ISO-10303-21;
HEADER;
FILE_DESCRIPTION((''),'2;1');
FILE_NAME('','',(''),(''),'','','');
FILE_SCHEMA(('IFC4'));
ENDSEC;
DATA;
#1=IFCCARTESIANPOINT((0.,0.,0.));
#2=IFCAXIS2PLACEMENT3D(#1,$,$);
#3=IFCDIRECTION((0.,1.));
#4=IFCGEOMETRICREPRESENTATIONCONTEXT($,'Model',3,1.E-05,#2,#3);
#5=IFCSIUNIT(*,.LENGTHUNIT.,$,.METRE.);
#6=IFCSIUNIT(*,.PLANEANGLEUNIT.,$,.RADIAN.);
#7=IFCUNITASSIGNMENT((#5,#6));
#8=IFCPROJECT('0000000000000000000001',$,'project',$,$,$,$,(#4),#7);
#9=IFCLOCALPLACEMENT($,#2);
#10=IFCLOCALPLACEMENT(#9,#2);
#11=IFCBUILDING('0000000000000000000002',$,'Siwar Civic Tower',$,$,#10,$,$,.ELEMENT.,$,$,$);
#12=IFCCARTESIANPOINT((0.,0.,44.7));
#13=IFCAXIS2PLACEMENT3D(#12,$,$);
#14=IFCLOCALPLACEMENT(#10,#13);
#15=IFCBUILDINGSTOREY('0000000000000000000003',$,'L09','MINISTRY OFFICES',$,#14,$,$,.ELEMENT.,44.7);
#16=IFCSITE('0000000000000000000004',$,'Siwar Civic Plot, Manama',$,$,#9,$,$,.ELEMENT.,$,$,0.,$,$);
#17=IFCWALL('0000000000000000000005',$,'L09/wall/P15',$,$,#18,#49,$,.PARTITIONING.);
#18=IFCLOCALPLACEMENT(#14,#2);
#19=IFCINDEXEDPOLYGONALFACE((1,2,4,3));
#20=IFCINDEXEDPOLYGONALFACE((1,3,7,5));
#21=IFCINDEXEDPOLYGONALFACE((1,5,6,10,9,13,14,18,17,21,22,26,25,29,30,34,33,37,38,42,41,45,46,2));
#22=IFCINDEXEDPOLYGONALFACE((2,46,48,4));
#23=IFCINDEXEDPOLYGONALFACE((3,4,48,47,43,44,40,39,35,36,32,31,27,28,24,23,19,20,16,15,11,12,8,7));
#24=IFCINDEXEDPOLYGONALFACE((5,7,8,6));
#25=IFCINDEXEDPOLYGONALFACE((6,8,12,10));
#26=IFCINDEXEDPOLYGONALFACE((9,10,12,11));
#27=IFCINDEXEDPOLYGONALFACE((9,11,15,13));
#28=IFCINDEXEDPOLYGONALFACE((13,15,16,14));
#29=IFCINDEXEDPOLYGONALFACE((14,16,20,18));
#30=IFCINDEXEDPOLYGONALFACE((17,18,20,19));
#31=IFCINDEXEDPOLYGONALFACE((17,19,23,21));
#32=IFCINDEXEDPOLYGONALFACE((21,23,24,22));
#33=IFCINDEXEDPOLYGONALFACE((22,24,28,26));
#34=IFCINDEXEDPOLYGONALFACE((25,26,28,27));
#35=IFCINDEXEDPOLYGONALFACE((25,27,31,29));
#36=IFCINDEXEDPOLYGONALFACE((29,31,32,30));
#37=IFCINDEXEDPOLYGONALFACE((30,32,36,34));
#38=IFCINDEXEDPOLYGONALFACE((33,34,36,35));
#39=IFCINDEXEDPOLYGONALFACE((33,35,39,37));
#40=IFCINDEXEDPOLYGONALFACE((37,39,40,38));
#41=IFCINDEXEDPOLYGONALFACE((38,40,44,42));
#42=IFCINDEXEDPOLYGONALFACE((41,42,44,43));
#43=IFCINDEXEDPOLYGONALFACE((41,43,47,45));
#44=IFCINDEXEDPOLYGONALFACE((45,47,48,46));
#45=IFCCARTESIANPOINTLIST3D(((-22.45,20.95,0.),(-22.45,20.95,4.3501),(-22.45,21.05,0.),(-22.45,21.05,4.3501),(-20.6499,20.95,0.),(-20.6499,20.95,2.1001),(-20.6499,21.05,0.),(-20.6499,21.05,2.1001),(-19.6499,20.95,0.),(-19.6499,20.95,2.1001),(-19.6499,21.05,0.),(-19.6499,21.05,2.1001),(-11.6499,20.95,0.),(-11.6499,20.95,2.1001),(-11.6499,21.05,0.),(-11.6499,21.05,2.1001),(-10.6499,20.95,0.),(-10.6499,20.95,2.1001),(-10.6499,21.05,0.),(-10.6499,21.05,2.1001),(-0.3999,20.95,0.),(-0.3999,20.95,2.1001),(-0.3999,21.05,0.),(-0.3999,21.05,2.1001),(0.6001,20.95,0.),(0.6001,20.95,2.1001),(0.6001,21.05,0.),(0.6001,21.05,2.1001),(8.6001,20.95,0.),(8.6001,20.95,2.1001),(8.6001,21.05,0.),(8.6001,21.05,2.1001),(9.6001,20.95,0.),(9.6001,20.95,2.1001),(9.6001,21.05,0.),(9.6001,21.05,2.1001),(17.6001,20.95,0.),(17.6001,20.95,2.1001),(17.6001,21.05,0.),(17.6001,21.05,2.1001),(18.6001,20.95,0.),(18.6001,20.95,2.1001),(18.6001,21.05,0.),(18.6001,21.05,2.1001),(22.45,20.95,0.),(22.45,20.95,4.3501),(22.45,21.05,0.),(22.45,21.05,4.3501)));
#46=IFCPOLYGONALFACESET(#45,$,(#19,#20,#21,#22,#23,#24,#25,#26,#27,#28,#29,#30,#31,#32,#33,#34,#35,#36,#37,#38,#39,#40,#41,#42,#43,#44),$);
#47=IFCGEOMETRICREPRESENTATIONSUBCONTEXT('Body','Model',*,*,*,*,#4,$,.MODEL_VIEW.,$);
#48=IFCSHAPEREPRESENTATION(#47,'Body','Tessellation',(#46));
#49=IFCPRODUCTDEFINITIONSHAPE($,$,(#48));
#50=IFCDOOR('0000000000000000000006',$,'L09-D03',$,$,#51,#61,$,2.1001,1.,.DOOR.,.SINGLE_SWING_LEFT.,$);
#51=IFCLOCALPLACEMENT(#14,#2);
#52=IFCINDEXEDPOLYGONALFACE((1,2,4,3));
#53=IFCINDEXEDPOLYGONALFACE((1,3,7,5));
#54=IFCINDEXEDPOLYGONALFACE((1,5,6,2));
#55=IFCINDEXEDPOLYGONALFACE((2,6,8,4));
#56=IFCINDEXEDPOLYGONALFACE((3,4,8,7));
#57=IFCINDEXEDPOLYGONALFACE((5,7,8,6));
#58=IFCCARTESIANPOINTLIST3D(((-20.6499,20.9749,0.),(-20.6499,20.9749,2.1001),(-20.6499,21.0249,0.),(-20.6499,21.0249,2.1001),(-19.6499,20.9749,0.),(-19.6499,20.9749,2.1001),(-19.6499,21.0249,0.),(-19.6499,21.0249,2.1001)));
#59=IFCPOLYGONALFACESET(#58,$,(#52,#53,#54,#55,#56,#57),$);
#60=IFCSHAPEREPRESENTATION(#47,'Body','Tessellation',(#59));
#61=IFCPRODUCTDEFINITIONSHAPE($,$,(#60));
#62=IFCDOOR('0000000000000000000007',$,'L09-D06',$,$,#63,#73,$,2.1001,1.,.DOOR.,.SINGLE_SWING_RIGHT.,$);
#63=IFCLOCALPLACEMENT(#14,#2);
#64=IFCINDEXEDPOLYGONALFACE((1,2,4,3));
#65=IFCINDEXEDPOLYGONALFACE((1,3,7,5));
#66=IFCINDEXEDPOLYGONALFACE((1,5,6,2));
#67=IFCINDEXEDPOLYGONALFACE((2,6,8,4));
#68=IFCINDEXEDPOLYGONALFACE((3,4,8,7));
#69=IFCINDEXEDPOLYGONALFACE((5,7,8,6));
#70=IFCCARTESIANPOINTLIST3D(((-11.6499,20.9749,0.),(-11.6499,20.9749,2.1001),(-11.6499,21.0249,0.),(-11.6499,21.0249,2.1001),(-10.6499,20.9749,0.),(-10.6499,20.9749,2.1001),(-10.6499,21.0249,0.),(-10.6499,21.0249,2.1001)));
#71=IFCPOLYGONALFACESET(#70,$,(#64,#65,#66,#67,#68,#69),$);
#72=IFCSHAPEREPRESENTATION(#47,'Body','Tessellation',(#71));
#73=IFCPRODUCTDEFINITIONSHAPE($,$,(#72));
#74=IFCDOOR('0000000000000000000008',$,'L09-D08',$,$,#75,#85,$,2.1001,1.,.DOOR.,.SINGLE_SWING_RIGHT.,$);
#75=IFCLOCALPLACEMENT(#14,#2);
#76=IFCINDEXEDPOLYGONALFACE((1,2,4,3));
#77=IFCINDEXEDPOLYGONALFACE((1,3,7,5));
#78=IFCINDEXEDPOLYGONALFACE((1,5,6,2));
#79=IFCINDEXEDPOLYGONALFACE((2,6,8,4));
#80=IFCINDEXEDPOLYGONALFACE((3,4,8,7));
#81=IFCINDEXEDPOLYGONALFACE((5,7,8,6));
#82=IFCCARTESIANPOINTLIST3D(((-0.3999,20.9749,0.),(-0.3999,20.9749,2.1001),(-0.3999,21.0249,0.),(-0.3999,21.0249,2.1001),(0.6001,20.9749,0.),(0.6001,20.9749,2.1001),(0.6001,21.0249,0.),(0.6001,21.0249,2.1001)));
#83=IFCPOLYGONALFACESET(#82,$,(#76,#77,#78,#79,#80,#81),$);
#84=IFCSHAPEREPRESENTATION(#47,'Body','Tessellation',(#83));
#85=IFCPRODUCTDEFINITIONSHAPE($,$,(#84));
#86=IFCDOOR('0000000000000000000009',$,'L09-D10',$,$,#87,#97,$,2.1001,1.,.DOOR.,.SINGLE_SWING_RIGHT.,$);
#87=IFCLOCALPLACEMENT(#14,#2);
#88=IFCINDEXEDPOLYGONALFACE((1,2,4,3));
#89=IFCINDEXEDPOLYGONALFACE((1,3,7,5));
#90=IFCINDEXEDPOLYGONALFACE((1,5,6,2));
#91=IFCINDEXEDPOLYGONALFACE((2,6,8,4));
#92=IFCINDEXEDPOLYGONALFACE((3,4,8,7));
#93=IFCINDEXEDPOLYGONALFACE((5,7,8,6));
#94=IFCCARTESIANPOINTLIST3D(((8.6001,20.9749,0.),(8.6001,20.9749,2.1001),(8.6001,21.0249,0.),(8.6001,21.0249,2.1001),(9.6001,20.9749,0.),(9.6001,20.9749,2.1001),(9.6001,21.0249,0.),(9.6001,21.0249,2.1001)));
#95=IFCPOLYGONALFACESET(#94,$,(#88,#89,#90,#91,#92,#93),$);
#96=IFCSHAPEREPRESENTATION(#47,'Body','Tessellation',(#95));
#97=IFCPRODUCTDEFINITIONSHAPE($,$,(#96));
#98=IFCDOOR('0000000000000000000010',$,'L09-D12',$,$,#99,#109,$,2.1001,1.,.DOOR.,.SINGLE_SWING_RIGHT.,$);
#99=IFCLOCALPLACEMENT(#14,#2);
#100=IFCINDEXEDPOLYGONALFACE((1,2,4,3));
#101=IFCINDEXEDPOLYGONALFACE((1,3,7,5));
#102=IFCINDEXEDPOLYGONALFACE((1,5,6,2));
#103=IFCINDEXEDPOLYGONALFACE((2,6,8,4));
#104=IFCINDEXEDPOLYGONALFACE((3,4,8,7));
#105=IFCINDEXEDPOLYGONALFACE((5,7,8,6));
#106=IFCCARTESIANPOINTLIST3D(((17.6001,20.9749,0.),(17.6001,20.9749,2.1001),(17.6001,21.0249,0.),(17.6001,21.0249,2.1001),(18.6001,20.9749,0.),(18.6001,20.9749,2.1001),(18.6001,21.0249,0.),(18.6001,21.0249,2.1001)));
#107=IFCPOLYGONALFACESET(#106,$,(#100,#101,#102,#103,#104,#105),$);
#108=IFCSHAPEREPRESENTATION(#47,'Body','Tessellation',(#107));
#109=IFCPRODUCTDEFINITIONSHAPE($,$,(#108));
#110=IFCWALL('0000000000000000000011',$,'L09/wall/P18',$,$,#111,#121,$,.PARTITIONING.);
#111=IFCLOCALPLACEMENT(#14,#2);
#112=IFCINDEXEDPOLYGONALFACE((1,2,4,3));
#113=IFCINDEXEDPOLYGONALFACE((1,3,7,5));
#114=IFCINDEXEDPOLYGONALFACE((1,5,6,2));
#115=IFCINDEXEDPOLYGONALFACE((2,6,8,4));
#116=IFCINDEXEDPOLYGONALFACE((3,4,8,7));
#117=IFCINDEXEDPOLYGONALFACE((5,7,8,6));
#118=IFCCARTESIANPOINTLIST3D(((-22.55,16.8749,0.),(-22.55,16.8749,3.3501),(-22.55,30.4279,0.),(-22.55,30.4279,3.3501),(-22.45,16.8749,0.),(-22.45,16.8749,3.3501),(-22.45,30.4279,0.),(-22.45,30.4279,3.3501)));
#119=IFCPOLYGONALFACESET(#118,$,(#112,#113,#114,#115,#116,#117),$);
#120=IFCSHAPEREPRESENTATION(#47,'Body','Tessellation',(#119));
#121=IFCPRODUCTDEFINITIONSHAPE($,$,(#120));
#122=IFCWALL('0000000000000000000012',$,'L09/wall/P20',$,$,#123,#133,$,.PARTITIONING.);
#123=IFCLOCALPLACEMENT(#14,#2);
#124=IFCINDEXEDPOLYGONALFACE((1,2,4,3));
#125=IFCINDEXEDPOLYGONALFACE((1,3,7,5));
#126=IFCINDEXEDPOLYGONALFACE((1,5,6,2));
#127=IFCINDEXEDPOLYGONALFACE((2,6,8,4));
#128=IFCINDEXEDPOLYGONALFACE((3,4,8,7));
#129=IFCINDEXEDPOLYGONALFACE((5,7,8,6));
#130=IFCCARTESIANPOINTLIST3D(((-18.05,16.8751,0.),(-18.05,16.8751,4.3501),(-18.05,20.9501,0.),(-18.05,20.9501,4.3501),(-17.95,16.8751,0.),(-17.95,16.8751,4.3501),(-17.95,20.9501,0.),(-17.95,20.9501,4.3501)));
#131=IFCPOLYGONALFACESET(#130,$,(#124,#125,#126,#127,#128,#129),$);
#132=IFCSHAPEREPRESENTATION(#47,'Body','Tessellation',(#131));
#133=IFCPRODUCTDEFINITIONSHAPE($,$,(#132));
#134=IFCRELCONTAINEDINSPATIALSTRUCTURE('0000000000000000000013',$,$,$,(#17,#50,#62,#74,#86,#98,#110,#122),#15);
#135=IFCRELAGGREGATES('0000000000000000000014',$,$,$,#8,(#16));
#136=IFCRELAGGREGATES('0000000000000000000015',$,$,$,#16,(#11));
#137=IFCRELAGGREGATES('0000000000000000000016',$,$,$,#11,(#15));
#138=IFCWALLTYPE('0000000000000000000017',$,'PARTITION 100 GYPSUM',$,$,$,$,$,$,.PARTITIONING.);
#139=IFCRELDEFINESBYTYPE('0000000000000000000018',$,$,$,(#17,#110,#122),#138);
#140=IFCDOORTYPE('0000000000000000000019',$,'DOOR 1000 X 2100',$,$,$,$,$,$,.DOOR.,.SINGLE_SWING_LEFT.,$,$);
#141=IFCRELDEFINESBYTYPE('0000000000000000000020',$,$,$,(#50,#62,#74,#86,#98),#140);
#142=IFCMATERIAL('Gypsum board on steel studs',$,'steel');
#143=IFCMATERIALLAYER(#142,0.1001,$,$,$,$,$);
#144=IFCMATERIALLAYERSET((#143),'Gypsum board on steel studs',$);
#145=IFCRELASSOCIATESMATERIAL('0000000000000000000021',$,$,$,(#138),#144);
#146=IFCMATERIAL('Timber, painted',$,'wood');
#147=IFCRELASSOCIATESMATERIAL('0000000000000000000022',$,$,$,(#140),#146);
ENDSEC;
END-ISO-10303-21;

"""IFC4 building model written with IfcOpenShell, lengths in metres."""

from ifc_helpers import new_model, si_unit, direction, frame, frame_2d, origin, place, context, subcontext, project, spatial, rectangle, extrude, material, layer, layer_set, type_object, element, fill, save


model = new_model("IFC4")

# Units and contexts
model_context = context("Model", 3, precision=1e-05, world=origin(), true_north=direction((0.0, 1.0)))
body_context = subcontext(model_context, "Body", "Model", "MODEL_VIEW")
ifc_project = project(units=[si_unit("LENGTHUNIT", "METRE"), si_unit("PLANEANGLEUNIT", "RADIAN")], contexts=[model_context])

# Site, building, storey
site_placement = place(None, origin())
site = spatial("IfcSite", under=ifc_project, at=site_placement, Name="Siwar Civic Plot, Manama", CompositionType="ELEMENT", RefElevation=0.0)
building_placement = place(site_placement, origin())
building = spatial("IfcBuilding", under=site, at=building_placement, Name="Siwar Civic Tower", CompositionType="ELEMENT")
storey_placement = place(building_placement, frame((0.0, 0.0, 44.7)))
storey = spatial("IfcBuildingStorey", under=building, at=storey_placement, Name="L09", Description="MINISTRY OFFICES", CompositionType="ELEMENT", Elevation=44.7)

# Wall, openings, doors
ifc_material_1 = material(Name="Gypsum board on steel studs", Category="steel")
ifc_layer_1 = layer(ifc_material_1, 0.1001)
ifc_layer_set_1 = layer_set([ifc_layer_1], Name="Gypsum board on steel studs")
wall_type_1 = type_object("IfcWallType", Name="PARTITION 100 GYPSUM", PredefinedType="PARTITIONING", material=ifc_layer_set_1)
wall_1_placement = place(storey_placement, frame((-22.45, 21.0, 0.0), z_axis=(0.0, 0.0, 1.0), x_axis=(1.0, 0.0, 0.0)))
wall_1 = element("IfcWall", 1, at=wall_1_placement, inside=storey, type_object=wall_type_1, Name="L09/wall/P15", PredefinedType="PARTITIONING", context=body_context, shape_type="SweptSolid", body=[
    extrude(rectangle(XDim=44.8999, YDim=0.1001, at=frame_2d((22.45, 0.0))), origin(), (0.0, 0.0, 1.0), 4.3501),
])
opening_1_placement = place(wall_1_placement, frame((1.8, 0.0, 0.0)))
opening_1 = element("IfcOpeningElement", 2, at=opening_1_placement, cuts=wall_1, PredefinedType="OPENING", context=body_context, shape_type="SweptSolid", body=[
    extrude(rectangle(XDim=1.0, YDim=2.1001, at=frame_2d((0.5, 1.05))), frame((0.0, 0.0601, 0.0), z_axis=(0.0, -1.0, 0.0), x_axis=(1.0, 0.0, 0.0)), (0.0, 0.0, 1.0), 0.1201),
])
opening_2_placement = place(wall_1_placement, frame((10.8, 0.0, 0.0)))
opening_2 = element("IfcOpeningElement", 3, at=opening_2_placement, cuts=wall_1, PredefinedType="OPENING", context=body_context, shape_type="SweptSolid", body=[
    extrude(rectangle(XDim=1.0, YDim=2.1001, at=frame_2d((0.5, 1.05))), frame((0.0, 0.0601, 0.0), z_axis=(0.0, -1.0, 0.0), x_axis=(1.0, 0.0, 0.0)), (0.0, 0.0, 1.0), 0.1201),
])
opening_3_placement = place(wall_1_placement, frame((22.05, 0.0, 0.0)))
opening_3 = element("IfcOpeningElement", 4, at=opening_3_placement, cuts=wall_1, PredefinedType="OPENING", context=body_context, shape_type="SweptSolid", body=[
    extrude(rectangle(XDim=1.0, YDim=2.1001, at=frame_2d((0.5, 1.05))), frame((0.0, 0.0601, 0.0), z_axis=(0.0, -1.0, 0.0), x_axis=(1.0, 0.0, 0.0)), (0.0, 0.0, 1.0), 0.1201),
])
opening_4_placement = place(wall_1_placement, frame((31.05, 0.0, 0.0)))
opening_4 = element("IfcOpeningElement", 5, at=opening_4_placement, cuts=wall_1, PredefinedType="OPENING", context=body_context, shape_type="SweptSolid", body=[
    extrude(rectangle(XDim=1.0, YDim=2.1001, at=frame_2d((0.5, 1.05))), frame((0.0, 0.0601, 0.0), z_axis=(0.0, -1.0, 0.0), x_axis=(1.0, 0.0, 0.0)), (0.0, 0.0, 1.0), 0.1201),
])
opening_5_placement = place(wall_1_placement, frame((40.05, 0.0, 0.0)))
opening_5 = element("IfcOpeningElement", 6, at=opening_5_placement, cuts=wall_1, PredefinedType="OPENING", context=body_context, shape_type="SweptSolid", body=[
    extrude(rectangle(XDim=1.0, YDim=2.1001, at=frame_2d((0.5, 1.05))), frame((0.0, 0.0601, 0.0), z_axis=(0.0, -1.0, 0.0), x_axis=(1.0, 0.0, 0.0)), (0.0, 0.0, 1.0), 0.1201),
])
ifc_material_2 = material(Name="Timber, painted", Category="wood")
door_type_1 = type_object("IfcDoorType", Name="DOOR 1000 X 2100", OperationType="SINGLE_SWING_LEFT", PredefinedType="DOOR", material=ifc_material_2)
door_1_placement = place(opening_1_placement, origin())
door_1 = element("IfcDoor", 7, at=door_1_placement, inside=storey, type_object=door_type_1, Name="L09-D03", OperationType="SINGLE_SWING_LEFT", OverallHeight=2.1001, OverallWidth=1.0, PredefinedType="DOOR", context=body_context, shape_type="SweptSolid", body=[
    extrude(rectangle(XDim=1.0, YDim=2.1001, at=frame_2d((0.5, 1.05))), frame((0.0, 0.0249, 0.0), z_axis=(0.0, -1.0, 0.0), x_axis=(1.0, 0.0, 0.0)), (0.0, 0.0, 1.0), 0.05),
])
fill(opening_1, door_1)
door_2_placement = place(opening_2_placement, origin())
door_2 = element("IfcDoor", 8, at=door_2_placement, inside=storey, type_object=door_type_1, Name="L09-D06", OperationType="SINGLE_SWING_RIGHT", OverallHeight=2.1001, OverallWidth=1.0, PredefinedType="DOOR", context=body_context, shape_type="SweptSolid", body=[
    extrude(rectangle(XDim=1.0, YDim=2.1001, at=frame_2d((0.5, 1.05))), frame((0.0, 0.0249, 0.0), z_axis=(0.0, -1.0, 0.0), x_axis=(1.0, 0.0, 0.0)), (0.0, 0.0, 1.0), 0.05),
])
fill(opening_2, door_2)
door_3_placement = place(opening_3_placement, origin())
door_3 = element("IfcDoor", 9, at=door_3_placement, inside=storey, type_object=door_type_1, Name="L09-D08", OperationType="SINGLE_SWING_RIGHT", OverallHeight=2.1001, OverallWidth=1.0, PredefinedType="DOOR", context=body_context, shape_type="SweptSolid", body=[
    extrude(rectangle(XDim=1.0, YDim=2.1001, at=frame_2d((0.5, 1.05))), frame((0.0, 0.0249, 0.0), z_axis=(0.0, -1.0, 0.0), x_axis=(1.0, 0.0, 0.0)), (0.0, 0.0, 1.0), 0.05),
])
fill(opening_3, door_3)
door_4_placement = place(opening_4_placement, origin())
door_4 = element("IfcDoor", 10, at=door_4_placement, inside=storey, type_object=door_type_1, Name="L09-D10", OperationType="SINGLE_SWING_RIGHT", OverallHeight=2.1001, OverallWidth=1.0, PredefinedType="DOOR", context=body_context, shape_type="SweptSolid", body=[
    extrude(rectangle(XDim=1.0, YDim=2.1001, at=frame_2d((0.5, 1.05))), frame((0.0, 0.0249, 0.0), z_axis=(0.0, -1.0, 0.0), x_axis=(1.0, 0.0, 0.0)), (0.0, 0.0, 1.0), 0.05),
])
fill(opening_4, door_4)
door_5_placement = place(opening_5_placement, origin())
door_5 = element("IfcDoor", 11, at=door_5_placement, inside=storey, type_object=door_type_1, Name="L09-D12", OperationType="SINGLE_SWING_RIGHT", OverallHeight=2.1001, OverallWidth=1.0, PredefinedType="DOOR", context=body_context, shape_type="SweptSolid", body=[
    extrude(rectangle(XDim=1.0, YDim=2.1001, at=frame_2d((0.5, 1.05))), frame((0.0, 0.0249, 0.0), z_axis=(0.0, -1.0, 0.0), x_axis=(1.0, 0.0, 0.0)), (0.0, 0.0, 1.0), 0.05),
])
fill(opening_5, door_5)

# Walls
wall_2_placement = place(storey_placement, frame((-22.5, 16.875, 0.0), z_axis=(0.0, 0.0, 1.0), x_axis=(0.0, 1.0, 0.0)))
element("IfcWall", 12, at=wall_2_placement, inside=storey, type_object=wall_type_1, Name="L09/wall/P18", PredefinedType="PARTITIONING", context=body_context, shape_type="SweptSolid", body=[
    extrude(rectangle(XDim=13.553, YDim=0.1001, at=frame_2d((6.7764, 0.0))), origin(), (0.0, 0.0, 1.0), 3.3501),
])
wall_3_placement = place(storey_placement, frame((-18.0, 16.875, 0.0), z_axis=(0.0, 0.0, 1.0), x_axis=(0.0, 1.0, 0.0)))
element("IfcWall", 13, at=wall_3_placement, inside=storey, type_object=wall_type_1, Name="L09/wall/P20", PredefinedType="PARTITIONING", context=body_context, shape_type="SweptSolid", body=[
    extrude(rectangle(XDim=4.075, YDim=0.1001, at=frame_2d((2.0376, 0.0))), origin(), (0.0, 0.0, 1.0), 4.3501),
])

save(model, "model.ifc")
